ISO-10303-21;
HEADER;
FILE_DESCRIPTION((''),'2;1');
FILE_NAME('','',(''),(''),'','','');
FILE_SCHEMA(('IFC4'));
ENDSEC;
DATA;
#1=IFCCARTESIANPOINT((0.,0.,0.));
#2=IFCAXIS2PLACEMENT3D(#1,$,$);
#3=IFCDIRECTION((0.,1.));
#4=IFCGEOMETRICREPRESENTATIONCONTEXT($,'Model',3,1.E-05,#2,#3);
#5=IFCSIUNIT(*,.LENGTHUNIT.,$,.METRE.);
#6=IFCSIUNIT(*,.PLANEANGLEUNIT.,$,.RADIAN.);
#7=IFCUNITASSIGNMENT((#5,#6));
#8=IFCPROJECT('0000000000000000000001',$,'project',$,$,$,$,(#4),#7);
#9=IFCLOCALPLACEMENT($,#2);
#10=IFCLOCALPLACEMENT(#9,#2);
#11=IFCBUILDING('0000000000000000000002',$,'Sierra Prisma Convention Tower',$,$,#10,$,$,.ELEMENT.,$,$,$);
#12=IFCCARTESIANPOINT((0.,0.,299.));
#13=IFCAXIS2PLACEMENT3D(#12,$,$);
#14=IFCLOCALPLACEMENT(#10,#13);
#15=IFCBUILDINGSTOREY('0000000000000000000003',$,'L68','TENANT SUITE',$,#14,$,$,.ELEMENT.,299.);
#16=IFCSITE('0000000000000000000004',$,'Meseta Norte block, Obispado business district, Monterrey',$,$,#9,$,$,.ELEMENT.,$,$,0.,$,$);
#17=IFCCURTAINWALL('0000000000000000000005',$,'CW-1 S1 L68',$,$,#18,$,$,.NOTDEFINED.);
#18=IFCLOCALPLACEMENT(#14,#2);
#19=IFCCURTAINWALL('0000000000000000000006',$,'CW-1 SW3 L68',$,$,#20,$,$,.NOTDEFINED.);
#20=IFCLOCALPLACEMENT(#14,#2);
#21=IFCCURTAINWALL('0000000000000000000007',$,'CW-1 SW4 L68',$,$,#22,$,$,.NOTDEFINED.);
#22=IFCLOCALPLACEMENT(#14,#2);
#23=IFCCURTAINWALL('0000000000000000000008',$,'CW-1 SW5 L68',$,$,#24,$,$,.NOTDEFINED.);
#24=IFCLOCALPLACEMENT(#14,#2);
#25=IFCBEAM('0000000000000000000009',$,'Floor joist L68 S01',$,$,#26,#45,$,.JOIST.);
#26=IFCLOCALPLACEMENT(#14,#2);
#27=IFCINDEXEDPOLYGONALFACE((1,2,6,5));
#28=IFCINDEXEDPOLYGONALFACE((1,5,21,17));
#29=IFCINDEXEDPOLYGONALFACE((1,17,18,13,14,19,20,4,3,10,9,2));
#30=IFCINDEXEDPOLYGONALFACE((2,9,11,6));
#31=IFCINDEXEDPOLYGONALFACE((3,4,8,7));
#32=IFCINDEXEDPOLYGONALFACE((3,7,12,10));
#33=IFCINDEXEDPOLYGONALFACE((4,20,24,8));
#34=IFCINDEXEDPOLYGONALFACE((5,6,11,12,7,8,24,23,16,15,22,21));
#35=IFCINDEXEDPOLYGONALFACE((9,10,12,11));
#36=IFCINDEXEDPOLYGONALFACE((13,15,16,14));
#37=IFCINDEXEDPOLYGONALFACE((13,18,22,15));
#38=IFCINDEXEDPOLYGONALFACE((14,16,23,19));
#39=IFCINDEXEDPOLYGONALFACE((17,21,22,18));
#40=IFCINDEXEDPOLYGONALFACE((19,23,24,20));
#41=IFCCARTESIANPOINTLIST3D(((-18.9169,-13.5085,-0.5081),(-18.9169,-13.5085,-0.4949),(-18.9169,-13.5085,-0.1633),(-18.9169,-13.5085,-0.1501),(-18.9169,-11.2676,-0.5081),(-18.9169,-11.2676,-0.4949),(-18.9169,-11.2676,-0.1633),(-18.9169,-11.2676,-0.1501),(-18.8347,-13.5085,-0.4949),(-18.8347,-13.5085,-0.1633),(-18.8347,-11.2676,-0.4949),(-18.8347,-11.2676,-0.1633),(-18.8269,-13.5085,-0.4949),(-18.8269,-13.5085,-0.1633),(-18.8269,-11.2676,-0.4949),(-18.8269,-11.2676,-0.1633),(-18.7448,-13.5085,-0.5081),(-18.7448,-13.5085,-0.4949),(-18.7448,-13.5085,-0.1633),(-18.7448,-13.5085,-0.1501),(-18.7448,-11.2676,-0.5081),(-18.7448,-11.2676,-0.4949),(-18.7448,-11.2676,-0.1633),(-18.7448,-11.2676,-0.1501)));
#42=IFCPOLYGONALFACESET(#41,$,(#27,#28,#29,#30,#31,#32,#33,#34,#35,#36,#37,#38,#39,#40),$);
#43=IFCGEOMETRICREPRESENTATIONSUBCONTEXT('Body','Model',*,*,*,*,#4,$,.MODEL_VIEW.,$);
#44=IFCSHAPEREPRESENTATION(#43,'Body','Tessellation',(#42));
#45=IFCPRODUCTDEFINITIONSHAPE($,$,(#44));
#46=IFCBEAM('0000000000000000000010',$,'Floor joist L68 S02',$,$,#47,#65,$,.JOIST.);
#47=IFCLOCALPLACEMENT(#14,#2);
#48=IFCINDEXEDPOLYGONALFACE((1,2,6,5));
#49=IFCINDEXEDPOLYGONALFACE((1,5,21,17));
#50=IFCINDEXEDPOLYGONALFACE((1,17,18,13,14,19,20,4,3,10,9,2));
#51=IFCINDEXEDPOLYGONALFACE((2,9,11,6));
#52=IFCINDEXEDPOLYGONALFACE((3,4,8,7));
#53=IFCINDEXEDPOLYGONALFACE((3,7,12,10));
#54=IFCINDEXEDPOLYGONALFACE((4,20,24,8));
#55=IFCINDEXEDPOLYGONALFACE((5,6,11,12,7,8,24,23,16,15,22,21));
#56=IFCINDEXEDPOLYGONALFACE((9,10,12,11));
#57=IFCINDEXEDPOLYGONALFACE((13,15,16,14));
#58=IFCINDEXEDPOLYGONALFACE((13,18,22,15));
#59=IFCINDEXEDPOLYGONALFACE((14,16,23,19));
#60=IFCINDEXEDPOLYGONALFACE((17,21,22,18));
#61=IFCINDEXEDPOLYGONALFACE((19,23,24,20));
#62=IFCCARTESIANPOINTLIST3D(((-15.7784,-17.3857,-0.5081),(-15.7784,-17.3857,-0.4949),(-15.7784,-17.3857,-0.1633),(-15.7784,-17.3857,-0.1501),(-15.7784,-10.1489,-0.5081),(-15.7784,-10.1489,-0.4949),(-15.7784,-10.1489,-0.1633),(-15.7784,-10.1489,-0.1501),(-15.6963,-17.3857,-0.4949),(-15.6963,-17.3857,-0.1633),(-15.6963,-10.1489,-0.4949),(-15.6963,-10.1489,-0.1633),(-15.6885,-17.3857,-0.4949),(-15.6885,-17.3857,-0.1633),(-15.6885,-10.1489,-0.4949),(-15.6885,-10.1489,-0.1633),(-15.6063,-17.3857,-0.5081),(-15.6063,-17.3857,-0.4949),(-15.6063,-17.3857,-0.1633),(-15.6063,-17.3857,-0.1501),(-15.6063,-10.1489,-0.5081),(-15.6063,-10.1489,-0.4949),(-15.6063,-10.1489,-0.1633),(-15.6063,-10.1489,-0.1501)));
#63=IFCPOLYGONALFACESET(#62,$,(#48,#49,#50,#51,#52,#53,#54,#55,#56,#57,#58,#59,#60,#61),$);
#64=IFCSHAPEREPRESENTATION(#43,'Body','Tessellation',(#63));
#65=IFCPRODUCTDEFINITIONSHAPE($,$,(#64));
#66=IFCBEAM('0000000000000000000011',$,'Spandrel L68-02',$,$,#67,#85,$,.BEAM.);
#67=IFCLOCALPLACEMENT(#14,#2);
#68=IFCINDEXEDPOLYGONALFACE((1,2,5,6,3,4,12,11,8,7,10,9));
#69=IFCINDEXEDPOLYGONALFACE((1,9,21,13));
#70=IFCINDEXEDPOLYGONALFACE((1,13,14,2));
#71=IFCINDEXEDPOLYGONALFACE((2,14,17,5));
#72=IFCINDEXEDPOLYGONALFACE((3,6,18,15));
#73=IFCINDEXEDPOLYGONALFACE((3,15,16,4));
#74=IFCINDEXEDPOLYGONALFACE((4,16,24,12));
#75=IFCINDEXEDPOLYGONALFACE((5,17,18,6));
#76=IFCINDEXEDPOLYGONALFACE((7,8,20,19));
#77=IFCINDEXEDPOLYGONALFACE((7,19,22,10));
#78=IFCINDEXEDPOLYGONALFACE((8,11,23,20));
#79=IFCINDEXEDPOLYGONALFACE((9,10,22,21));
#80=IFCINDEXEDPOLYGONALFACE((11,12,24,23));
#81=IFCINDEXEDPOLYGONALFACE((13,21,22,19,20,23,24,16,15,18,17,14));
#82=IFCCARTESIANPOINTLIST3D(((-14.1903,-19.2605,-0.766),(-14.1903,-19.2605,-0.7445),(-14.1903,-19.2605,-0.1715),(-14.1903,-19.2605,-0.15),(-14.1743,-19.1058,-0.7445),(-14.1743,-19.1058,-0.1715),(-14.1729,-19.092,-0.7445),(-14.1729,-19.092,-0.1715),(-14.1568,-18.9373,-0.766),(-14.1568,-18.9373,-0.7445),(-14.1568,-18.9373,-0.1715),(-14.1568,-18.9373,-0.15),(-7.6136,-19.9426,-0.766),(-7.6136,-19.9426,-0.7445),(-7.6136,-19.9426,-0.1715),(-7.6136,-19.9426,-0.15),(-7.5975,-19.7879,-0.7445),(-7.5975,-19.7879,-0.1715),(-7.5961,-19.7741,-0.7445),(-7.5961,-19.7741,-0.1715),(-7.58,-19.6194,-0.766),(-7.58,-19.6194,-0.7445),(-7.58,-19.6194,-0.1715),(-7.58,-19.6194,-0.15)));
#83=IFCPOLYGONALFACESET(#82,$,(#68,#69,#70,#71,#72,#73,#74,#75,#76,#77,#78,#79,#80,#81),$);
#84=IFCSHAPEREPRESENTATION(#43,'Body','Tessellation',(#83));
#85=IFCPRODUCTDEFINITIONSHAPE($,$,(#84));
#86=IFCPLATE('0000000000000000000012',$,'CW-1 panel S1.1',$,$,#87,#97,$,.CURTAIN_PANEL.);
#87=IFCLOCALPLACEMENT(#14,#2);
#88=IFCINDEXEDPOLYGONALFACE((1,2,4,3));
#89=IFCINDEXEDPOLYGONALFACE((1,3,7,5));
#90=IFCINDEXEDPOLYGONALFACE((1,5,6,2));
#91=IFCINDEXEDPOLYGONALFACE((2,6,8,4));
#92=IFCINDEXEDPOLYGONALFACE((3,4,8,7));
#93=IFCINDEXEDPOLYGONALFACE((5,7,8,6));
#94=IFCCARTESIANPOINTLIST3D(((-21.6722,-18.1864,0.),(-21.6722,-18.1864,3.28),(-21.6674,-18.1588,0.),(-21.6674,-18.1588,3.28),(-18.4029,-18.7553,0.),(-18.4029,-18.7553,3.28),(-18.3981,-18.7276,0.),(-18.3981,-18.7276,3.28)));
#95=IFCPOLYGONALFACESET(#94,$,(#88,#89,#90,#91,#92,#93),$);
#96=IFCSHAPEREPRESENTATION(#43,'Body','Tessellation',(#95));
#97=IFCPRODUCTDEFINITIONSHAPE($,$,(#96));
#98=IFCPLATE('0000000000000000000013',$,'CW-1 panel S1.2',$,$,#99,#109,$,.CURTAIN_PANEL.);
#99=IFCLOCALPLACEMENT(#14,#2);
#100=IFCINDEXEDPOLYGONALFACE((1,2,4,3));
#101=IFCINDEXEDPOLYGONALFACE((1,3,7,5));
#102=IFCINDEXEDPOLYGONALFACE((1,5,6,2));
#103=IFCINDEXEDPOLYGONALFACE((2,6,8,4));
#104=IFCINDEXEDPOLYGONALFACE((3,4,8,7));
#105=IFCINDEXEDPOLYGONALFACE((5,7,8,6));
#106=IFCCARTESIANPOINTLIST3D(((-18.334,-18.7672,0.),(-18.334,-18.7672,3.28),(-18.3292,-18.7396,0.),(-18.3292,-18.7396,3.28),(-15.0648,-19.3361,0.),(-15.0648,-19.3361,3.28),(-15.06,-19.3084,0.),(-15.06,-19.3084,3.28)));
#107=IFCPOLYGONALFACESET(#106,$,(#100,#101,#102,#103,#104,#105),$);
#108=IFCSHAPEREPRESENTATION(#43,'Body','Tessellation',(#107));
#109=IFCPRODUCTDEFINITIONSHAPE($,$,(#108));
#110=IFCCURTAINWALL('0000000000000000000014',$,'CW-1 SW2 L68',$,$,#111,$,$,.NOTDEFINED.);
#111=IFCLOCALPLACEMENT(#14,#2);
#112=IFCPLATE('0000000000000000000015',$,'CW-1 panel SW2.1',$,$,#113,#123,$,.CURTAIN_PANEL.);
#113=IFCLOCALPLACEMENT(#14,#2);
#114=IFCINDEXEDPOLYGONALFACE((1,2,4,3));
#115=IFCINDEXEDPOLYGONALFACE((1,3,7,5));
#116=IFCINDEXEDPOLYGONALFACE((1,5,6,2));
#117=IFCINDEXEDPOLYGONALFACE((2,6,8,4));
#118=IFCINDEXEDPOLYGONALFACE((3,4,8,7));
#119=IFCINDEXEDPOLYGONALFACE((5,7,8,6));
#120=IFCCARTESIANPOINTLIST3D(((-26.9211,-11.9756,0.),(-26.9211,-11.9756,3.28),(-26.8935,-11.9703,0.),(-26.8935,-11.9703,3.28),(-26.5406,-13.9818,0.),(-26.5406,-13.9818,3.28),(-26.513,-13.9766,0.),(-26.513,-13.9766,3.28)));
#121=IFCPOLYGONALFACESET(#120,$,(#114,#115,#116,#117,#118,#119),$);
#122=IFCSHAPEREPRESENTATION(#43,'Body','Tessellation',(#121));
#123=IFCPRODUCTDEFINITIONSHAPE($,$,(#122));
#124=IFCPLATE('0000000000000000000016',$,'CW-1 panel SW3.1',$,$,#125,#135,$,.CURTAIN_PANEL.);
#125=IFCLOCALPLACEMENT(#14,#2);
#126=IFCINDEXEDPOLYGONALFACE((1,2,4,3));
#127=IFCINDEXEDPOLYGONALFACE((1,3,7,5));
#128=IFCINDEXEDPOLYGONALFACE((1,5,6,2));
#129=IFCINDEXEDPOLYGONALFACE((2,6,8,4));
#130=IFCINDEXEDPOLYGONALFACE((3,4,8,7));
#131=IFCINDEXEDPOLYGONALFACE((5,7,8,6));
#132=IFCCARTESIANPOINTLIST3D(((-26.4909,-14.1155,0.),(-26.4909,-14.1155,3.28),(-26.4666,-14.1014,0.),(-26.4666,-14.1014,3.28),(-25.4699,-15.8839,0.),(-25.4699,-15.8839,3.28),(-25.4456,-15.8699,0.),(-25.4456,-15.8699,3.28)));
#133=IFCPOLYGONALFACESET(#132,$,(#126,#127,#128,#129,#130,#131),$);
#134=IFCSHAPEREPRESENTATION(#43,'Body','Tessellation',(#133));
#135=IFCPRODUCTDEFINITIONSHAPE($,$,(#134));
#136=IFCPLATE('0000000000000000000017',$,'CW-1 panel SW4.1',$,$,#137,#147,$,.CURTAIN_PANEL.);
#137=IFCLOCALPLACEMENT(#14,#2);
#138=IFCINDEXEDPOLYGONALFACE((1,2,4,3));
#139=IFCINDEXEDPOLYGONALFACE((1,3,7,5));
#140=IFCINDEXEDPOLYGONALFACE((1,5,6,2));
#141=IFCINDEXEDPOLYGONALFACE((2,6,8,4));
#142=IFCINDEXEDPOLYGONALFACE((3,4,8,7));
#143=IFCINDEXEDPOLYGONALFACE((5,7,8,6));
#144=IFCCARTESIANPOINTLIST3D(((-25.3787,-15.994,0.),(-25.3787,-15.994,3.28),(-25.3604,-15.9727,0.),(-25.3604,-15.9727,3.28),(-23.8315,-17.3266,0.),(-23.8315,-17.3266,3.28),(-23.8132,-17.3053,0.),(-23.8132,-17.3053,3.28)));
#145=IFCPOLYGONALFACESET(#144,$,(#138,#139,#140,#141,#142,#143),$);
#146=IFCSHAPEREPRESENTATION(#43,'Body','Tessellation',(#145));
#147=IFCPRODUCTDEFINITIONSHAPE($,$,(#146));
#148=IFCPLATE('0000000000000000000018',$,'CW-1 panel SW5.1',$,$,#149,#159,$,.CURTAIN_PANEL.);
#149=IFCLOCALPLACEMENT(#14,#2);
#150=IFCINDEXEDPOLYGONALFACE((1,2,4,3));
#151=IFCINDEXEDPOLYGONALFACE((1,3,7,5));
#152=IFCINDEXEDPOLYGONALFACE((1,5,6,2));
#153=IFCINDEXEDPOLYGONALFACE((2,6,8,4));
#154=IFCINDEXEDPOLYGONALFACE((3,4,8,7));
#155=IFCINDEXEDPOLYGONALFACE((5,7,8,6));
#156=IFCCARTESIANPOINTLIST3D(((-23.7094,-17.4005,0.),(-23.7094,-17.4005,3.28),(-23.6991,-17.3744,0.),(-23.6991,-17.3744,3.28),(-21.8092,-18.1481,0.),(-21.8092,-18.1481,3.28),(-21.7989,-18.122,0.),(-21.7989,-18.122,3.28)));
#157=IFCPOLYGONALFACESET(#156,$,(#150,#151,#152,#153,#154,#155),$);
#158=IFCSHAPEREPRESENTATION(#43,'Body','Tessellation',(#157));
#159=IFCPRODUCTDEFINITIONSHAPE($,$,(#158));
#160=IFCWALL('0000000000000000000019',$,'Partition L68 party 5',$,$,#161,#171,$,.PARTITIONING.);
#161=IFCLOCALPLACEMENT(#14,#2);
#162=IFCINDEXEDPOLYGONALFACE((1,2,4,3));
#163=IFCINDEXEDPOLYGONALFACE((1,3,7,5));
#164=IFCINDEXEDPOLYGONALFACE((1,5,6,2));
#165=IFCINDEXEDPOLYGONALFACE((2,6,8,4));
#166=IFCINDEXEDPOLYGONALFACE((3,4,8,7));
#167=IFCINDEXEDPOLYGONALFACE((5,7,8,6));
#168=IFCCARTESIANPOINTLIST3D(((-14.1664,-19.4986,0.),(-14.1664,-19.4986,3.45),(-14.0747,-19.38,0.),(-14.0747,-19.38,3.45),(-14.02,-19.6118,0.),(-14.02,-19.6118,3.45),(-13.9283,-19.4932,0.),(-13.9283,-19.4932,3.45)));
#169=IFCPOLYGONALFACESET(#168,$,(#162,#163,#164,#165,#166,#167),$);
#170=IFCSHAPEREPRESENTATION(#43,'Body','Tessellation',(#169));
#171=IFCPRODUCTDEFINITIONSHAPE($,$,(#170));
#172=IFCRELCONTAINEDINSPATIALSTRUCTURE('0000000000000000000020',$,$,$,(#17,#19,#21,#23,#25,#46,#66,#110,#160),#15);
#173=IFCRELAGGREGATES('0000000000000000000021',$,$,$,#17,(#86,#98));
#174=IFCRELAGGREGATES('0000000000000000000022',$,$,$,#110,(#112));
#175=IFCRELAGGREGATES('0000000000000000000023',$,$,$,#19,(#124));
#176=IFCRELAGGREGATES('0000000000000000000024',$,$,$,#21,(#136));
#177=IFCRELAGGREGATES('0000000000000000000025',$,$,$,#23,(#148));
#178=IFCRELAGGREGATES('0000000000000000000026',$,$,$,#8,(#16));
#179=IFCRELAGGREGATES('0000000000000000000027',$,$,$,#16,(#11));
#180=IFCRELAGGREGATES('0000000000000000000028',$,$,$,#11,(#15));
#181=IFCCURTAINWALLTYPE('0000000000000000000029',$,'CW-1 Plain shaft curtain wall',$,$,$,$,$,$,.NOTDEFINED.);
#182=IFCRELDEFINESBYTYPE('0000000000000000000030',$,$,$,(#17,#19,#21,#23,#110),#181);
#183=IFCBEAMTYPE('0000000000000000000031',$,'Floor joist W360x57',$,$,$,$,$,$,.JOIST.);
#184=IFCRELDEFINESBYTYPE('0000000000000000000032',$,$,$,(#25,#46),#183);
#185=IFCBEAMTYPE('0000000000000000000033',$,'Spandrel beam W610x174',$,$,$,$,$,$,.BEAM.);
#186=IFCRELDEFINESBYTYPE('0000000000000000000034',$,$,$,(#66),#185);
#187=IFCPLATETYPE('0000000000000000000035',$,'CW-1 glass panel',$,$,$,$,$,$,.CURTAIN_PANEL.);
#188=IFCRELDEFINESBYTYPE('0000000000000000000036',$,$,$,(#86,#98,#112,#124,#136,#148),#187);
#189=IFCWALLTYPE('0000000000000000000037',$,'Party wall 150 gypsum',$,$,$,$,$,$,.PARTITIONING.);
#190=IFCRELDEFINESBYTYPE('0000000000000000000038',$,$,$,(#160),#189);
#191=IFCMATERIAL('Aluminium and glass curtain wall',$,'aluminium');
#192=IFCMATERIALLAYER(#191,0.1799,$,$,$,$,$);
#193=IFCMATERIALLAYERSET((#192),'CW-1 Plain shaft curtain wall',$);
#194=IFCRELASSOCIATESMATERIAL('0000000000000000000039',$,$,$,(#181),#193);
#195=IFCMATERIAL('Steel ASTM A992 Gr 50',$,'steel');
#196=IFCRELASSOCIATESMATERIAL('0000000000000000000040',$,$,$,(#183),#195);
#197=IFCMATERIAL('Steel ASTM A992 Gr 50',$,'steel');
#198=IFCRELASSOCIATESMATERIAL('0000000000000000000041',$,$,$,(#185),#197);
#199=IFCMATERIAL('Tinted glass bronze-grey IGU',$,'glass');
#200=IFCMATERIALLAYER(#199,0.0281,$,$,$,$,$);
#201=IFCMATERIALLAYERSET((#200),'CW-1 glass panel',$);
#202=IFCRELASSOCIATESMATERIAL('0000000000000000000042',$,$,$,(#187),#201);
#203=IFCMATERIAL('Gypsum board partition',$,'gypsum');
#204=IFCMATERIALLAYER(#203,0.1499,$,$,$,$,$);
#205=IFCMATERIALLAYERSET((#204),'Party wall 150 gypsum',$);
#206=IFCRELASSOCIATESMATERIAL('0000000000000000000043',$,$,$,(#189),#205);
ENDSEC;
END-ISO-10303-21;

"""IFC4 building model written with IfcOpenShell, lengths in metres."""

from ifc_helpers import new_model, si_unit, direction, frame, frame_2d, origin, origin_2d, place, context, subcontext, project, spatial, rectangle, i_section, extrude, material, layer, layer_set, material_profile, profile_set, type_object, element, aggregate, save


model = new_model("IFC4")

# Units and contexts
model_context = context("Model", 3, precision=1e-05, world=origin(), true_north=direction((0.0, 1.0)))
body_context = subcontext(model_context, "Body", "Model", "MODEL_VIEW")
ifc_project = project(units=[si_unit("LENGTHUNIT", "METRE"), si_unit("PLANEANGLEUNIT", "RADIAN")], contexts=[model_context])

# Site, building, storey
site_placement = place(None, origin())
site = spatial("IfcSite", under=ifc_project, at=site_placement, Name="Meseta Norte block, Obispado business district, Monterrey", CompositionType="ELEMENT", RefElevation=0.0)
building_placement = place(site_placement, origin())
building = spatial("IfcBuilding", under=site, at=building_placement, Name="Sierra Prisma Convention Tower", CompositionType="ELEMENT")
storey_placement = place(building_placement, frame((0.0, 0.0, 299.0)))
storey = spatial("IfcBuildingStorey", under=building, at=storey_placement, Name="L68", Description="TENANT SUITE", CompositionType="ELEMENT", Elevation=299.0)

# Curtain wall
ifc_material_1 = material(Name="Aluminium and glass curtain wall", Category="aluminium")
ifc_layer_1 = layer(ifc_material_1, 0.1799)
ifc_layer_set_1 = layer_set([ifc_layer_1], Name="CW-1 Plain shaft curtain wall")
curtain_wall_type = type_object("IfcCurtainWallType", Name="CW-1 Plain shaft curtain wall", PredefinedType="NOTDEFINED", material=ifc_layer_set_1)
curtain_wall_1_placement = place(storey_placement, origin())
curtain_wall_1 = element("IfcCurtainWall", 1, at=curtain_wall_1_placement, inside=storey, type_object=curtain_wall_type, Name="CW-1 S1 L68", PredefinedType="NOTDEFINED")

# Curtain walls
curtain_wall_2_placement = place(storey_placement, origin())
curtain_wall_2 = element("IfcCurtainWall", 2, at=curtain_wall_2_placement, inside=storey, type_object=curtain_wall_type, Name="CW-1 SW3 L68", PredefinedType="NOTDEFINED")
curtain_wall_3_placement = place(storey_placement, origin())
curtain_wall_3 = element("IfcCurtainWall", 3, at=curtain_wall_3_placement, inside=storey, type_object=curtain_wall_type, Name="CW-1 SW4 L68", PredefinedType="NOTDEFINED")
curtain_wall_4_placement = place(storey_placement, origin())
curtain_wall_4 = element("IfcCurtainWall", 4, at=curtain_wall_4_placement, inside=storey, type_object=curtain_wall_type, Name="CW-1 SW5 L68", PredefinedType="NOTDEFINED")

# Beams
ifc_material_2 = material(Name="Steel ASTM A992 Gr 50", Category="steel")
ifc_material_profile_1 = material_profile(ifc_material_2, i_section(OverallWidth=0.1721, OverallDepth=0.3579, WebThickness=0.0078, FlangeThickness=0.0132, at=origin_2d()), Name="W360x57")
ifc_profile_set_1 = profile_set([ifc_material_profile_1], Name="Steel ASTM A992 Gr 50")
beam_type_1 = type_object("IfcBeamType", Name="Floor joist W360x57", PredefinedType="JOIST", material=ifc_profile_set_1)
beam_1_placement = place(storey_placement, frame((-18.8308, -13.5085, -0.3291), z_axis=(0.0, 1.0, 0.0), x_axis=(-1.0, 0.0, 0.0)))
element("IfcBeam", 5, at=beam_1_placement, inside=storey, type_object=beam_type_1, Name="Floor joist L68 S01", PredefinedType="JOIST", context=body_context, shape_type="SweptSolid", body=[
    extrude(i_section(OverallWidth=0.1721, OverallDepth=0.3579, WebThickness=0.0078, FlangeThickness=0.0132, at=origin_2d()), origin(), (0.0, 0.0, 1.0), 2.241),
])
beam_2_placement = place(storey_placement, frame((-15.6924, -17.3857, -0.3291), z_axis=(0.0, 1.0, 0.0), x_axis=(-1.0, 0.0, 0.0)))
element("IfcBeam", 6, at=beam_2_placement, inside=storey, type_object=beam_type_1, Name="Floor joist L68 S02", PredefinedType="JOIST", context=body_context, shape_type="SweptSolid", body=[
    extrude(i_section(OverallWidth=0.1721, OverallDepth=0.3579, WebThickness=0.0078, FlangeThickness=0.0132, at=origin_2d()), origin(), (0.0, 0.0, 1.0), 7.2368),
])
ifc_material_3 = material(Name="Steel ASTM A992 Gr 50", Category="steel")
ifc_material_profile_2 = material_profile(ifc_material_3, i_section(OverallWidth=0.325, OverallDepth=0.616, WebThickness=0.0139, FlangeThickness=0.0215, at=origin_2d()), Name="W610x174")
ifc_profile_set_2 = profile_set([ifc_material_profile_2], Name="Steel ASTM A992 Gr 50")
beam_type_2 = type_object("IfcBeamType", Name="Spandrel beam W610x174", PredefinedType="BEAM", material=ifc_profile_set_2)
beam_3_placement = place(storey_placement, frame((-14.1736, -19.0989, -0.458), z_axis=(0.994664, -0.103166, 0.0), x_axis=(0.103166, 0.994664, 0.0)))
element("IfcBeam", 7, at=beam_3_placement, inside=storey, type_object=beam_type_2, Name="Spandrel L68-02", PredefinedType="BEAM", context=body_context, shape_type="SweptSolid", body=[
    extrude(i_section(OverallWidth=0.325, OverallDepth=0.616, WebThickness=0.0139, FlangeThickness=0.0215, at=origin_2d()), origin(), (0.0, 0.0, 1.0), 6.6121),
])

# Plates
ifc_material_4 = material(Name="Tinted glass bronze-grey IGU", Category="glass")
ifc_layer_2 = layer(ifc_material_4, 0.0281)
ifc_layer_set_2 = layer_set([ifc_layer_2], Name="CW-1 glass panel")
plate_type = type_object("IfcPlateType", Name="CW-1 glass panel", PredefinedType="CURTAIN_PANEL", material=ifc_layer_set_2)
plate_1_placement = place(storey_placement, frame((-20.0352, -18.457, 0.0), z_axis=(0.0, 0.0, 1.0), x_axis=(0.985196, -0.17143, 0.0)))
plate_1 = element("IfcPlate", 8, at=plate_1_placement, type_object=plate_type, Name="CW-1 panel S1.1", PredefinedType="CURTAIN_PANEL", context=body_context, shape_type="SweptSolid", body=[
    extrude(rectangle(XDim=3.3184, YDim=0.0281, at=origin_2d()), origin(), (0.0, 0.0, 1.0), 3.28),
])
plate_2_placement = place(storey_placement, frame((-16.697, -19.0378, 0.0), z_axis=(0.0, 0.0, 1.0), x_axis=(0.985196, -0.17143, 0.0)))
plate_2 = element("IfcPlate", 9, at=plate_2_placement, type_object=plate_type, Name="CW-1 panel S1.2", PredefinedType="CURTAIN_PANEL", context=body_context, shape_type="SweptSolid", body=[
    extrude(rectangle(XDim=3.3184, YDim=0.0281, at=origin_2d()), origin(), (0.0, 0.0, 1.0), 3.28),
])
aggregate(curtain_wall_1, [plate_1, plate_2])

# Curtain wall, plate
curtain_wall_5_placement = place(storey_placement, origin())
curtain_wall_5 = element("IfcCurtainWall", 10, at=curtain_wall_5_placement, inside=storey, type_object=curtain_wall_type, Name="CW-1 SW2 L68", PredefinedType="NOTDEFINED")
plate_3_placement = place(storey_placement, frame((-26.717, -12.9761, 0.0), z_axis=(0.0, 0.0, 1.0), x_axis=(0.186319, -0.982489, 0.0)))
plate_3 = element("IfcPlate", 11, at=plate_3_placement, type_object=plate_type, Name="CW-1 panel SW2.1", PredefinedType="CURTAIN_PANEL", context=body_context, shape_type="SweptSolid", body=[
    extrude(rectangle(XDim=2.042, YDim=0.0281, at=origin_2d()), origin(), (0.0, 0.0, 1.0), 3.28),
])
aggregate(curtain_wall_5, [plate_3])

# Plates
plate_4_placement = place(storey_placement, frame((-25.9683, -14.9927, 0.0), z_axis=(0.0, 0.0, 1.0), x_axis=(0.5, -0.866025, 0.0)))
plate_4 = element("IfcPlate", 12, at=plate_4_placement, type_object=plate_type, Name="CW-1 panel SW3.1", PredefinedType="CURTAIN_PANEL", context=body_context, shape_type="SweptSolid", body=[
    extrude(rectangle(XDim=2.042, YDim=0.0281, at=origin_2d()), origin(), (0.0, 0.0, 1.0), 3.28),
])
aggregate(curtain_wall_2, [plate_4])
plate_5_placement = place(storey_placement, frame((-24.5959, -16.6497, 0.0), z_axis=(0.0, 0.0, 1.0), x_axis=(0.757701, -0.652602, 0.0)))
plate_5 = element("IfcPlate", 13, at=plate_5_placement, type_object=plate_type, Name="CW-1 panel SW4.1", PredefinedType="CURTAIN_PANEL", context=body_context, shape_type="SweptSolid", body=[
    extrude(rectangle(XDim=2.042, YDim=0.0281, at=origin_2d()), origin(), (0.0, 0.0, 1.0), 3.28),
])
aggregate(curtain_wall_3, [plate_5])
plate_6_placement = place(storey_placement, frame((-22.7542, -17.7612, 0.0), z_axis=(0.0, 0.0, 1.0), x_axis=(0.93057, -0.366113, 0.0)))
plate_6 = element("IfcPlate", 14, at=plate_6_placement, type_object=plate_type, Name="CW-1 panel SW5.1", PredefinedType="CURTAIN_PANEL", context=body_context, shape_type="SweptSolid", body=[
    extrude(rectangle(XDim=2.042, YDim=0.0281, at=origin_2d()), origin(), (0.0, 0.0, 1.0), 3.28),
])
aggregate(curtain_wall_4, [plate_6])

# Wall
ifc_material_5 = material(Name="Gypsum board partition", Category="gypsum")
ifc_layer_3 = layer(ifc_material_5, 0.1499)
ifc_layer_set_3 = layer_set([ifc_layer_3], Name="Party wall 150 gypsum")
wall_type = type_object("IfcWallType", Name="Party wall 150 gypsum", PredefinedType="PARTITIONING", material=ifc_layer_set_3)
wall_placement = place(storey_placement, frame((-13.9741, -19.5525, 0.0), z_axis=(0.0, 0.0, 1.0), x_axis=(-0.791053, 0.611748, 0.0)))
element("IfcWall", 15, at=wall_placement, inside=storey, type_object=wall_type, Name="Partition L68 party 5", PredefinedType="PARTITIONING", context=body_context, shape_type="SweptSolid", body=[
    extrude(rectangle(XDim=0.1851, YDim=0.1499, at=frame_2d((0.0925, 0.0))), origin(), (0.0, 0.0, 1.0), 3.45),
])

save(model, "model.ifc")
